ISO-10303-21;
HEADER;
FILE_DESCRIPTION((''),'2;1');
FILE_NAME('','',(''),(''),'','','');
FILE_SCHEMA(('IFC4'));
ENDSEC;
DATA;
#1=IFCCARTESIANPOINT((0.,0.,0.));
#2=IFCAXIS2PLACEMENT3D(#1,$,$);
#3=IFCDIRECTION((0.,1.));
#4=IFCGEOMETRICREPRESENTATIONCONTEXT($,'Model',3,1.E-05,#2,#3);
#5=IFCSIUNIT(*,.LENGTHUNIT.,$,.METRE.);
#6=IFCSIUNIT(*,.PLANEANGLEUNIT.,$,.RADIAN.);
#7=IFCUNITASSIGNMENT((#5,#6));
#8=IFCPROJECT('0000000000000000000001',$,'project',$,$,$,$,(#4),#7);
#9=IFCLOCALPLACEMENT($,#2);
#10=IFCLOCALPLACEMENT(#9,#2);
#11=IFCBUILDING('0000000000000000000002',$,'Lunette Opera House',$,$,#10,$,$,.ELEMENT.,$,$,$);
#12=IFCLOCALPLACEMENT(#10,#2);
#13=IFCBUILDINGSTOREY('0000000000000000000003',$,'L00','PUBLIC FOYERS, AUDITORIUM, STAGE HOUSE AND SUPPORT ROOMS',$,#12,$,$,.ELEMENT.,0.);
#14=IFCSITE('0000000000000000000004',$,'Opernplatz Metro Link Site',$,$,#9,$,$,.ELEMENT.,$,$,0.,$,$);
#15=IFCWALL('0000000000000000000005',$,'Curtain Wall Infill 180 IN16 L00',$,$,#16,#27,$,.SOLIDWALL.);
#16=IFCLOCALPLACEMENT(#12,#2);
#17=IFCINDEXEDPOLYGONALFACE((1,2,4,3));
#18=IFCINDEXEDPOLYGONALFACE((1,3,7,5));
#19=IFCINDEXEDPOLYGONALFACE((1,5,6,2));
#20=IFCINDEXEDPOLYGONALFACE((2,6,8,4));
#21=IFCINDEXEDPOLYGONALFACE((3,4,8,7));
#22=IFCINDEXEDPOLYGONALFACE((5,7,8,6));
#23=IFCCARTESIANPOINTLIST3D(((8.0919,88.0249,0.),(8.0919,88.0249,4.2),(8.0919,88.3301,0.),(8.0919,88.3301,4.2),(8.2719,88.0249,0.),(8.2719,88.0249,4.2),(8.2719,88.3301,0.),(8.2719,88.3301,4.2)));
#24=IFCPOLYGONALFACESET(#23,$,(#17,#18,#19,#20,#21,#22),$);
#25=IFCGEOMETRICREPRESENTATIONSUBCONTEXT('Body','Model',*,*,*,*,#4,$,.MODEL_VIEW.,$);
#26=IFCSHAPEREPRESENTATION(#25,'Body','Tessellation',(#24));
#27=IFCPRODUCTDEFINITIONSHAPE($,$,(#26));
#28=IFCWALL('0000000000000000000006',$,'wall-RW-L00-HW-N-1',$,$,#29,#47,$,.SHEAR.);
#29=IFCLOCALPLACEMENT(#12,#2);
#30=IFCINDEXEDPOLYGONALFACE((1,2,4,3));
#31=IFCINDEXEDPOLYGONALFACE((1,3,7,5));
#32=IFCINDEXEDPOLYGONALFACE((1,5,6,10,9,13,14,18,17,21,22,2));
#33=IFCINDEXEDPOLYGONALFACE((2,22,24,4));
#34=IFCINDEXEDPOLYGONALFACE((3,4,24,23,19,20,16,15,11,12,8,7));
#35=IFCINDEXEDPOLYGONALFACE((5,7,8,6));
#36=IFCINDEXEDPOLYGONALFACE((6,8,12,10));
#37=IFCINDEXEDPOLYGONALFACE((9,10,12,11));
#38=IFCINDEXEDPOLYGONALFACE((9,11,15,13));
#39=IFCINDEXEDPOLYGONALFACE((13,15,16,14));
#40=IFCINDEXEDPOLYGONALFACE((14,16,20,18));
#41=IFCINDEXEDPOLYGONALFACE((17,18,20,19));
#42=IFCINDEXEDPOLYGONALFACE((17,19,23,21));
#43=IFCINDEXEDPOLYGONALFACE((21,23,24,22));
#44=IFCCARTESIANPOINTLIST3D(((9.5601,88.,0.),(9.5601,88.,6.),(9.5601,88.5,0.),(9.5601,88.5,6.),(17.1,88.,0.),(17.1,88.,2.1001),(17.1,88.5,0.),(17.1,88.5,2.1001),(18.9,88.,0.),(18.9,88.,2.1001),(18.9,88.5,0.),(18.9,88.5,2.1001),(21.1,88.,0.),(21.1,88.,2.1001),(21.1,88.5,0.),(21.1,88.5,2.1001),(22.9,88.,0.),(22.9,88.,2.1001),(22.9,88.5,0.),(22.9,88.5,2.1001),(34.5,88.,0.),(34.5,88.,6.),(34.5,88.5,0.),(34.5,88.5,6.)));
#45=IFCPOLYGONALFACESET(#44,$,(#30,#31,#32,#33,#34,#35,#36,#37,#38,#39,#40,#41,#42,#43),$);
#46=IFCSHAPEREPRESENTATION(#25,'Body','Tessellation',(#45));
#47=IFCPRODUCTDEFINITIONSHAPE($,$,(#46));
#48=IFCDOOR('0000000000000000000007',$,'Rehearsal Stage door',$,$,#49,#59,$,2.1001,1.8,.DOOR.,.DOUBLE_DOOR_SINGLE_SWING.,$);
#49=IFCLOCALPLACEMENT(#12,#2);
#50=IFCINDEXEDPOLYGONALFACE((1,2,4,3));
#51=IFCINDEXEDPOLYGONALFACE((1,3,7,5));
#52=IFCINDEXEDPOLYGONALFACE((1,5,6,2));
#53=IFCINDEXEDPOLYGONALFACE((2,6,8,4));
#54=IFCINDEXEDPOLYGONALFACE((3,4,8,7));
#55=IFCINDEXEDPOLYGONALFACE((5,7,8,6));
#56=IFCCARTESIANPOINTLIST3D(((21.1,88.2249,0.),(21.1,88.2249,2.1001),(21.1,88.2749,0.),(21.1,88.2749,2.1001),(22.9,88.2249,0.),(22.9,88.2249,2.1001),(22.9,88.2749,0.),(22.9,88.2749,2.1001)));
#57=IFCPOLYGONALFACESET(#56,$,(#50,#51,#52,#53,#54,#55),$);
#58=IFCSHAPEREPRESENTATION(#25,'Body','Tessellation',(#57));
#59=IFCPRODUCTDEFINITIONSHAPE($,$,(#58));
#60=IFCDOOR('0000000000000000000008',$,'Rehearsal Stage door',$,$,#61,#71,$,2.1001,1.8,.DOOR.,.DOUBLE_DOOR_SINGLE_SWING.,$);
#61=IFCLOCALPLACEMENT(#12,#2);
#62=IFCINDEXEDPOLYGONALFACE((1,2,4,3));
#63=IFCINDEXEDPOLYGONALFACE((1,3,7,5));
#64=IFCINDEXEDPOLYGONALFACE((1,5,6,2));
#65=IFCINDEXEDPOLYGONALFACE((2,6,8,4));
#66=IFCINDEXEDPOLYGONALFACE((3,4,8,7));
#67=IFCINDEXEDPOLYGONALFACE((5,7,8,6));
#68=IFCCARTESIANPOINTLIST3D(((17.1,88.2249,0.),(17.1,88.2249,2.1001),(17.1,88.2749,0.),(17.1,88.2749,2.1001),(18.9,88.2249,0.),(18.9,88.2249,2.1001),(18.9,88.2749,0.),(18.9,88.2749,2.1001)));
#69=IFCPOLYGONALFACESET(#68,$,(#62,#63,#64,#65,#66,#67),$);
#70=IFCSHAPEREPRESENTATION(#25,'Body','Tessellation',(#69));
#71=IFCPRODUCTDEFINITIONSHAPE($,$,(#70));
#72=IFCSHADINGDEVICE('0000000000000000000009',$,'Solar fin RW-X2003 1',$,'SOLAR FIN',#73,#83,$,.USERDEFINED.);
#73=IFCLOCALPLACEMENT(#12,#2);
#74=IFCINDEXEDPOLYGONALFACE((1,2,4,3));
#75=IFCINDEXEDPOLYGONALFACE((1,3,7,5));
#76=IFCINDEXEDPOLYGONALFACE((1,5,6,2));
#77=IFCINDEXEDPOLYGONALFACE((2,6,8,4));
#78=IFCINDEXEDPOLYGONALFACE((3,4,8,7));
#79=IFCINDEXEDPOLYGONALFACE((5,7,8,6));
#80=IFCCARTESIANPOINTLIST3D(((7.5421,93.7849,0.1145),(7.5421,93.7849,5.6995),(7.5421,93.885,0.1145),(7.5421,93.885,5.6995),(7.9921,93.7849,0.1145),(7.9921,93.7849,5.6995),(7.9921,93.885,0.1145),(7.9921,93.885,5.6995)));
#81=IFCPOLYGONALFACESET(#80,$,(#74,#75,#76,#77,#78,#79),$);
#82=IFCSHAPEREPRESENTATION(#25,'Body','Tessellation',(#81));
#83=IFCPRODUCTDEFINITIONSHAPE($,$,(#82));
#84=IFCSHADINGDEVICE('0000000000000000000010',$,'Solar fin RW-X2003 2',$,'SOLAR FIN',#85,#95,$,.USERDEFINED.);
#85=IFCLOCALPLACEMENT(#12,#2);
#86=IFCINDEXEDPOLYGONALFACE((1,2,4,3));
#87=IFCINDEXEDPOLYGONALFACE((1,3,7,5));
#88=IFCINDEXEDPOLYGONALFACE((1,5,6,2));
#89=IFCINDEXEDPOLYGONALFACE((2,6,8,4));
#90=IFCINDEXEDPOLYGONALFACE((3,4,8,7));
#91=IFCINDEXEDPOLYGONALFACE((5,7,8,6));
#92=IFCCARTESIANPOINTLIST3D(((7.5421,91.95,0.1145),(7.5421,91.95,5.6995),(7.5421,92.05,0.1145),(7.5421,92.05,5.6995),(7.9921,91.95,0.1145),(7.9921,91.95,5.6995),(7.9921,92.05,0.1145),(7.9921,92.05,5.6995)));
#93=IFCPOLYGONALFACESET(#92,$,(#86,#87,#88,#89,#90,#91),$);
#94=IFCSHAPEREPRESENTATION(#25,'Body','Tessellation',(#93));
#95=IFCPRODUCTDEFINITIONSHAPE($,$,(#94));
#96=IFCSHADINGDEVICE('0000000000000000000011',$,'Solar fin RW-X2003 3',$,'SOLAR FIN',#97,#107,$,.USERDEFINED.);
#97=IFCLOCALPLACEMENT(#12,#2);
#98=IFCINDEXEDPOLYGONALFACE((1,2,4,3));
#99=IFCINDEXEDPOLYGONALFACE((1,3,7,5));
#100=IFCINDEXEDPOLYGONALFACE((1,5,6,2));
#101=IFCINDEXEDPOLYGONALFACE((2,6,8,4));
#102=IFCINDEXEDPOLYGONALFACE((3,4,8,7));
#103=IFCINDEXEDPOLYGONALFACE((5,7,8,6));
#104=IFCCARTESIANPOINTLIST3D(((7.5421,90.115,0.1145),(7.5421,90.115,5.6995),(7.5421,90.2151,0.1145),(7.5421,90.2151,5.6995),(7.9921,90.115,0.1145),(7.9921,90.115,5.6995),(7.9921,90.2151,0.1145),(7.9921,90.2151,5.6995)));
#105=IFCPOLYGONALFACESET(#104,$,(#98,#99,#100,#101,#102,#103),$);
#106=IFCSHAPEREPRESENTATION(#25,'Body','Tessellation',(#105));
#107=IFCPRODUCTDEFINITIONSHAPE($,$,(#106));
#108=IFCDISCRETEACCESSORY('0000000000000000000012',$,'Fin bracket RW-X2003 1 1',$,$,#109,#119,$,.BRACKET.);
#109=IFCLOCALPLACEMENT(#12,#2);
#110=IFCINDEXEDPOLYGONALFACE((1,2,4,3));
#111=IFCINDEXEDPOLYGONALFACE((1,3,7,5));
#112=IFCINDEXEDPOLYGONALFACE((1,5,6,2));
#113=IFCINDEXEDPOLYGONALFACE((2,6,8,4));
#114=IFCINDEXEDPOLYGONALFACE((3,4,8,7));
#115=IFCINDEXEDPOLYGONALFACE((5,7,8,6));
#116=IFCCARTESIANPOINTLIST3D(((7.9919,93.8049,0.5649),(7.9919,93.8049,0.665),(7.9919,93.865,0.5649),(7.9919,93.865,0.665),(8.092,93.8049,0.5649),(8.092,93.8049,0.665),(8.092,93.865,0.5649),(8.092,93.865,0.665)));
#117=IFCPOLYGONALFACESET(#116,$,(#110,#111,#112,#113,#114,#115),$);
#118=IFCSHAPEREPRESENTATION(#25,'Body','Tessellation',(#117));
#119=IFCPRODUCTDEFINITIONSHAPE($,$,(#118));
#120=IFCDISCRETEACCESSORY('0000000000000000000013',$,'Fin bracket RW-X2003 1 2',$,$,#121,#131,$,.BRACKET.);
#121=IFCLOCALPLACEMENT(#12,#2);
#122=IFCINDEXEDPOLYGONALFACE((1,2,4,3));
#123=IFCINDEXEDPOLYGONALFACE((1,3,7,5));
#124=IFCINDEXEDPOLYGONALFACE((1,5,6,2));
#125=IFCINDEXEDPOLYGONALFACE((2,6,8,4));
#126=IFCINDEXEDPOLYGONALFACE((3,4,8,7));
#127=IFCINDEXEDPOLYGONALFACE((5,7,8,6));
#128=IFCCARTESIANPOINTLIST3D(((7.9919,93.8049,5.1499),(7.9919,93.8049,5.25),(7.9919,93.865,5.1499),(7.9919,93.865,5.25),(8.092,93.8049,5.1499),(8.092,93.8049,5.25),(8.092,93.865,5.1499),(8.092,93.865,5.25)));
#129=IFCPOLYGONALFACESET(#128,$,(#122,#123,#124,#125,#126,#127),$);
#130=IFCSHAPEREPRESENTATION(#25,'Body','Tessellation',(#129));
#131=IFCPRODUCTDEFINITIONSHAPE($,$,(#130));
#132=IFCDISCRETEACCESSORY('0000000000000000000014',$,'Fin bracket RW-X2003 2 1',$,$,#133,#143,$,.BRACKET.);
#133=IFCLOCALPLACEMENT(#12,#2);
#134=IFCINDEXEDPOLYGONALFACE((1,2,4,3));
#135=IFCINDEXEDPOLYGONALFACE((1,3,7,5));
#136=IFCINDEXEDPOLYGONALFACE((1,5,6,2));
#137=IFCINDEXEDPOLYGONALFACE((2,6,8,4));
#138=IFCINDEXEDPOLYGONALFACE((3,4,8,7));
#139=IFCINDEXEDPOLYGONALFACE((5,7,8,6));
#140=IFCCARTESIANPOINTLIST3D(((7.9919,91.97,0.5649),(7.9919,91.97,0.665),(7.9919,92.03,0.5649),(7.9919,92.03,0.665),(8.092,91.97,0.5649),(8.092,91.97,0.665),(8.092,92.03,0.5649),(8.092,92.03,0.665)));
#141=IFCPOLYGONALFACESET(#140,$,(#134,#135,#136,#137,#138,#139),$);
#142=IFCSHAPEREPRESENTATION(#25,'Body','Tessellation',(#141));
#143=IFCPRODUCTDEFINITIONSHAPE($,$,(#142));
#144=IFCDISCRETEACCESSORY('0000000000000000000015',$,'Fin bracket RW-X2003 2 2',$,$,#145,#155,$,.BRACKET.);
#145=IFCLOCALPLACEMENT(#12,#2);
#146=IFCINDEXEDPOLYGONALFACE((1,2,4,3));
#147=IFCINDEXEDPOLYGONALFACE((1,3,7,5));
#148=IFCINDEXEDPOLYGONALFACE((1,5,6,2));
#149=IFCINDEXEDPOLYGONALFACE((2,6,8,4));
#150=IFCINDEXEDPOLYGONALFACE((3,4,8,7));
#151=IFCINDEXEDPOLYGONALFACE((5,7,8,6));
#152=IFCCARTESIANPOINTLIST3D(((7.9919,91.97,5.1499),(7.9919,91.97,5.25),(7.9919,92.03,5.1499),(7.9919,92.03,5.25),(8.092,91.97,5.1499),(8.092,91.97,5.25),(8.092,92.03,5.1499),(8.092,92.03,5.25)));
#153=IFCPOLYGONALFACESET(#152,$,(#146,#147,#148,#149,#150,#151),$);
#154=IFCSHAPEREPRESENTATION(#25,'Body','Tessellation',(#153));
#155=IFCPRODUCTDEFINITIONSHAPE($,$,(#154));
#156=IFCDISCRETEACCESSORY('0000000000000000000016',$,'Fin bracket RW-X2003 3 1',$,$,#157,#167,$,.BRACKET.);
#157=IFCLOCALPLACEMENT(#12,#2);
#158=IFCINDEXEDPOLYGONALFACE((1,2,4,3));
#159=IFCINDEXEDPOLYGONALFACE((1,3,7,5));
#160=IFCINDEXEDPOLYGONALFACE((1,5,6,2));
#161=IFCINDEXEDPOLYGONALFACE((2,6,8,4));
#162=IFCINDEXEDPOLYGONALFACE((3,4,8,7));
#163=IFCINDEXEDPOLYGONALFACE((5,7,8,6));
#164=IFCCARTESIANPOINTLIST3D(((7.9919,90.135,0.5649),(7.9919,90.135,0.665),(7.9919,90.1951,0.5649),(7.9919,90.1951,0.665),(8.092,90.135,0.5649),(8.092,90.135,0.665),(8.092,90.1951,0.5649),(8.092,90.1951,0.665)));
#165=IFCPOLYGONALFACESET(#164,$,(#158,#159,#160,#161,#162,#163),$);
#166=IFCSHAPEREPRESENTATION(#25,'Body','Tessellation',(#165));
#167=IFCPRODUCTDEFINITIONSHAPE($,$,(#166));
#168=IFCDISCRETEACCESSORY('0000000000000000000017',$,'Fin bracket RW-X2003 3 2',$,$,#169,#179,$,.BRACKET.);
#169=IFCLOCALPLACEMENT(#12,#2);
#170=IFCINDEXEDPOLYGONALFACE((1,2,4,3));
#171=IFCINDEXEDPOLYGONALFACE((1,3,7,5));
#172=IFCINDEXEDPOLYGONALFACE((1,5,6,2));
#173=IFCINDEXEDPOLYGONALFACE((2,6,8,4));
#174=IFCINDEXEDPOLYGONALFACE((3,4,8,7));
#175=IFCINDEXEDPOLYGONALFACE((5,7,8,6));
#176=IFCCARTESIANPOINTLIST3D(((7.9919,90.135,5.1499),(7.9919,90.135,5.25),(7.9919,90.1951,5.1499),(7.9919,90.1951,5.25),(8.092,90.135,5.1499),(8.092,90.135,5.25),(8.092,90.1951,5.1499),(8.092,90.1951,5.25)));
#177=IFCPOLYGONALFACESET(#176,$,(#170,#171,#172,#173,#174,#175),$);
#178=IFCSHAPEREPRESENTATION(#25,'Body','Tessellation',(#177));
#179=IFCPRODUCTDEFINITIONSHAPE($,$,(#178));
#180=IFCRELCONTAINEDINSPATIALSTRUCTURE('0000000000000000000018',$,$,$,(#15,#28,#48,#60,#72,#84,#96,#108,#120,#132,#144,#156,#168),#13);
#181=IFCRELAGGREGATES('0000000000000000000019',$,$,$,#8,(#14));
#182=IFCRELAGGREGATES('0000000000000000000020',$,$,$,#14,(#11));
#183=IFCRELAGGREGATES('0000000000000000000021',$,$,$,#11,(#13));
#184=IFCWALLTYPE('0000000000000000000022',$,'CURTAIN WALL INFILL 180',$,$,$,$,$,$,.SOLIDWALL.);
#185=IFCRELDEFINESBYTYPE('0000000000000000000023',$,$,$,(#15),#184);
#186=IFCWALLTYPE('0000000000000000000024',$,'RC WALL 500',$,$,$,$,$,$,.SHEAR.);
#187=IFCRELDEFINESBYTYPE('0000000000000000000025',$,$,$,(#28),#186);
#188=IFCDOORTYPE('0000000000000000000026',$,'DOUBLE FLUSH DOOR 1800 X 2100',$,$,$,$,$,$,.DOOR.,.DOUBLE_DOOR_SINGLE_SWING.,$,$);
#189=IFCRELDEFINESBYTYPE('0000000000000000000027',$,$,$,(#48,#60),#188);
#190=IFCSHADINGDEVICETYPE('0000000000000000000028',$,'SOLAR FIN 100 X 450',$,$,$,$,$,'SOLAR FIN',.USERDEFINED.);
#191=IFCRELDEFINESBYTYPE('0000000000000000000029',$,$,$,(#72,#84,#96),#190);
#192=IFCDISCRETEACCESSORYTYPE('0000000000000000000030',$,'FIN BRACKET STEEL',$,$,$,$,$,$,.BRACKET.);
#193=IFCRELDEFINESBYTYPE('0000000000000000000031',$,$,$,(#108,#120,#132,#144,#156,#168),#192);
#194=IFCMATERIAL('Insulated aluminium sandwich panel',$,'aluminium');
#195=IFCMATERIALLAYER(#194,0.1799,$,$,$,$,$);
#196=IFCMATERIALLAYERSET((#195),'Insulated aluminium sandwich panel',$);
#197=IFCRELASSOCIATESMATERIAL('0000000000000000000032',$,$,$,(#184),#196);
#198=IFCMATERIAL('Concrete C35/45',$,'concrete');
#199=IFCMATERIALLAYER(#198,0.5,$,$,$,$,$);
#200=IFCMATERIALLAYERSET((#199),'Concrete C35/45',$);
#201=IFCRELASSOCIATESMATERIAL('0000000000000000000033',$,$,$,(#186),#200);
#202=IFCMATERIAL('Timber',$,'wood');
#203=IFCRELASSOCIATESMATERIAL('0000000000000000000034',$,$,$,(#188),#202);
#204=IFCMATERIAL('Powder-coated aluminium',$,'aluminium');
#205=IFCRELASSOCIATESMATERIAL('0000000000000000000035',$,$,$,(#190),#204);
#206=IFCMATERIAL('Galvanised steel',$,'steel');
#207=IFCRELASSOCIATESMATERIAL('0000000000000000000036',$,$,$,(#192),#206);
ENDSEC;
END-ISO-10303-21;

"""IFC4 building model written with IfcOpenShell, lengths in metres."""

from ifc_helpers import new_model, si_unit, direction, frame, frame_2d, origin, origin_2d, place, context, subcontext, project, spatial, rectangle, extrude, material, layer, layer_set, type_object, element, fill, save


model = new_model("IFC4")

# Units and contexts
model_context = context("Model", 3, precision=1e-05, world=origin(), true_north=direction((0.0, 1.0)))
body_context = subcontext(model_context, "Body", "Model", "MODEL_VIEW")
ifc_project = project(units=[si_unit("LENGTHUNIT", "METRE"), si_unit("PLANEANGLEUNIT", "RADIAN")], contexts=[model_context])

# Site, building, storey
site_placement = place(None, origin())
site = spatial("IfcSite", under=ifc_project, at=site_placement, Name="Opernplatz Metro Link Site", CompositionType="ELEMENT", RefElevation=0.0)
building_placement = place(site_placement, origin())
building = spatial("IfcBuilding", under=site, at=building_placement, Name="Lunette Opera House", CompositionType="ELEMENT")
storey_placement = place(building_placement, origin())
storey = spatial("IfcBuildingStorey", under=building, at=storey_placement, Name="L00", Description="PUBLIC FOYERS, AUDITORIUM, STAGE HOUSE AND SUPPORT ROOMS", CompositionType="ELEMENT", Elevation=0.0)

# Wall
ifc_material_1 = material(Name="Insulated aluminium sandwich panel", Category="aluminium")
ifc_layer_1 = layer(ifc_material_1, 0.1799)
ifc_layer_set_1 = layer_set([ifc_layer_1], Name="Insulated aluminium sandwich panel")
wall_type_1 = type_object("IfcWallType", Name="CURTAIN WALL INFILL 180", PredefinedType="SOLIDWALL", material=ifc_layer_set_1)
wall_1_placement = place(storey_placement, frame((8.1819, 88.3301, 0.0), z_axis=(0.0, 0.0, 1.0), x_axis=(0.0, -1.0, 0.0)))
element("IfcWall", 1, at=wall_1_placement, inside=storey, type_object=wall_type_1, Name="Curtain Wall Infill 180 IN16 L00", PredefinedType="SOLIDWALL", context=body_context, shape_type="SweptSolid", body=[
    extrude(rectangle(XDim=0.3052, YDim=0.1799, at=frame_2d((0.1526, 0.0))), origin(), (0.0, 0.0, 1.0), 4.2),
])

# Wall, openings, doors
ifc_material_2 = material(Name="Concrete C35/45", Category="concrete")
ifc_layer_2 = layer(ifc_material_2, 0.5)
ifc_layer_set_2 = layer_set([ifc_layer_2], Name="Concrete C35/45")
wall_type_2 = type_object("IfcWallType", Name="RC WALL 500", PredefinedType="SHEAR", material=ifc_layer_set_2)
wall_2_placement = place(storey_placement, frame((9.5601, 88.25, 0.0), z_axis=(0.0, 0.0, 1.0), x_axis=(1.0, 0.0, 0.0)))
wall_2 = element("IfcWall", 2, at=wall_2_placement, inside=storey, type_object=wall_type_2, Name="wall-RW-L00-HW-N-1", PredefinedType="SHEAR", context=body_context, shape_type="SweptSolid", body=[
    extrude(rectangle(XDim=24.9399, YDim=0.5, at=frame_2d((12.47, 0.0))), origin(), (0.0, 0.0, 1.0), 6.0),
])
opening_1_placement = place(wall_2_placement, frame((11.54, 0.0, 0.0)))
opening_1 = element("IfcOpeningElement", 3, at=opening_1_placement, cuts=wall_2, PredefinedType="OPENING", context=body_context, shape_type="SweptSolid", body=[
    extrude(rectangle(XDim=1.8, YDim=2.1001, at=frame_2d((0.8999, 1.05))), frame((0.0, 0.262, 0.0), z_axis=(0.0, -1.0, 0.0), x_axis=(1.0, 0.0, 0.0)), (0.0, 0.0, 1.0), 0.5239),
])
opening_2_placement = place(wall_2_placement, frame((7.54, 0.0, 0.0)))
opening_2 = element("IfcOpeningElement", 4, at=opening_2_placement, cuts=wall_2, PredefinedType="OPENING", context=body_context, shape_type="SweptSolid", body=[
    extrude(rectangle(XDim=1.8, YDim=2.1001, at=frame_2d((0.8999, 1.05))), frame((0.0, 0.262, 0.0), z_axis=(0.0, -1.0, 0.0), x_axis=(1.0, 0.0, 0.0)), (0.0, 0.0, 1.0), 0.5239),
])
ifc_material_3 = material(Name="Timber", Category="wood")
door_type = type_object("IfcDoorType", Name="DOUBLE FLUSH DOOR 1800 X 2100", OperationType="DOUBLE_DOOR_SINGLE_SWING", PredefinedType="DOOR", material=ifc_material_3)
door_1_placement = place(opening_1_placement, origin())
door_1 = element("IfcDoor", 5, at=door_1_placement, inside=storey, type_object=door_type, Name="Rehearsal Stage door", OperationType="DOUBLE_DOOR_SINGLE_SWING", OverallHeight=2.1001, OverallWidth=1.8, PredefinedType="DOOR", context=body_context, shape_type="SweptSolid", body=[
    extrude(rectangle(XDim=1.8, YDim=2.1001, at=frame_2d((0.8999, 1.05))), frame((0.0, 0.0249, 0.0), z_axis=(0.0, -1.0, 0.0), x_axis=(1.0, 0.0, 0.0)), (0.0, 0.0, 1.0), 0.05),
])
fill(opening_1, door_1)
door_2_placement = place(opening_2_placement, origin())
door_2 = element("IfcDoor", 6, at=door_2_placement, inside=storey, type_object=door_type, Name="Rehearsal Stage door", OperationType="DOUBLE_DOOR_SINGLE_SWING", OverallHeight=2.1001, OverallWidth=1.8, PredefinedType="DOOR", context=body_context, shape_type="SweptSolid", body=[
    extrude(rectangle(XDim=1.8, YDim=2.1001, at=frame_2d((0.8999, 1.05))), frame((0.0, 0.0249, 0.0), z_axis=(0.0, -1.0, 0.0), x_axis=(1.0, 0.0, 0.0)), (0.0, 0.0, 1.0), 0.05),
])
fill(opening_2, door_2)

# Shading devices
ifc_material_4 = material(Name="Powder-coated aluminium", Category="aluminium")
shading_device_type = type_object("IfcShadingDeviceType", Name="SOLAR FIN 100 X 450", ElementType="SOLAR FIN", PredefinedType="USERDEFINED", material=ifc_material_4)
for number, where, z_axis, x_axis, name in (
    (7, (7.7671, 93.835, 0.1145), (0.0, 0.0, 1.0), (-1.0, 0.0, 0.0), "Solar fin RW-X2003 1"),
    (8, (7.7671, 92.0, 0.1145), (0.0, 0.0, 1.0), (-1.0, 0.0, 0.0), "Solar fin RW-X2003 2"),
    (9, (7.7671, 90.165, 0.1145), (0.0, 0.0, 1.0), (-1.0, 0.0, 0.0), "Solar fin RW-X2003 3"),
):
    element("IfcShadingDevice", number, at=place(storey_placement, frame(where, z_axis=z_axis, x_axis=x_axis)), inside=storey, type_object=shading_device_type, Name=name, ObjectType="SOLAR FIN", PredefinedType="USERDEFINED", context=body_context, shape_type="SweptSolid", body=[
        extrude(rectangle(XDim=0.45, YDim=0.1001, at=origin_2d()), origin(), (0.0, 0.0, 1.0), 5.585),
    ])

# Discrete accessories
ifc_material_5 = material(Name="Galvanised steel", Category="steel")
discrete_accessory_type = type_object("IfcDiscreteAccessoryType", Name="FIN BRACKET STEEL", PredefinedType="BRACKET", material=ifc_material_5)
for number, where, z_axis, x_axis, name in (
    (10, (8.042, 93.835, 0.5649), (0.0, 0.0, 1.0), (-1.0, 0.0, 0.0), "Fin bracket RW-X2003 1 1"),
    (11, (8.042, 93.835, 5.1499), (0.0, 0.0, 1.0), (-1.0, 0.0, 0.0), "Fin bracket RW-X2003 1 2"),
    (12, (8.042, 92.0, 0.5649), (0.0, 0.0, 1.0), (-1.0, 0.0, 0.0), "Fin bracket RW-X2003 2 1"),
    (13, (8.042, 92.0, 5.1499), (0.0, 0.0, 1.0), (-1.0, 0.0, 0.0), "Fin bracket RW-X2003 2 2"),
    (14, (8.042, 90.165, 0.5649), (0.0, 0.0, 1.0), (-1.0, 0.0, 0.0), "Fin bracket RW-X2003 3 1"),
    (15, (8.042, 90.165, 5.1499), (0.0, 0.0, 1.0), (-1.0, 0.0, 0.0), "Fin bracket RW-X2003 3 2"),
):
    element("IfcDiscreteAccessory", number, at=place(storey_placement, frame(where, z_axis=z_axis, x_axis=x_axis)), inside=storey, type_object=discrete_accessory_type, Name=name, PredefinedType="BRACKET", context=body_context, shape_type="SweptSolid", body=[
        extrude(rectangle(XDim=0.1001, YDim=0.0601, at=origin_2d()), origin(), (0.0, 0.0, 1.0), 0.1001),
    ])

save(model, "model.ifc")
